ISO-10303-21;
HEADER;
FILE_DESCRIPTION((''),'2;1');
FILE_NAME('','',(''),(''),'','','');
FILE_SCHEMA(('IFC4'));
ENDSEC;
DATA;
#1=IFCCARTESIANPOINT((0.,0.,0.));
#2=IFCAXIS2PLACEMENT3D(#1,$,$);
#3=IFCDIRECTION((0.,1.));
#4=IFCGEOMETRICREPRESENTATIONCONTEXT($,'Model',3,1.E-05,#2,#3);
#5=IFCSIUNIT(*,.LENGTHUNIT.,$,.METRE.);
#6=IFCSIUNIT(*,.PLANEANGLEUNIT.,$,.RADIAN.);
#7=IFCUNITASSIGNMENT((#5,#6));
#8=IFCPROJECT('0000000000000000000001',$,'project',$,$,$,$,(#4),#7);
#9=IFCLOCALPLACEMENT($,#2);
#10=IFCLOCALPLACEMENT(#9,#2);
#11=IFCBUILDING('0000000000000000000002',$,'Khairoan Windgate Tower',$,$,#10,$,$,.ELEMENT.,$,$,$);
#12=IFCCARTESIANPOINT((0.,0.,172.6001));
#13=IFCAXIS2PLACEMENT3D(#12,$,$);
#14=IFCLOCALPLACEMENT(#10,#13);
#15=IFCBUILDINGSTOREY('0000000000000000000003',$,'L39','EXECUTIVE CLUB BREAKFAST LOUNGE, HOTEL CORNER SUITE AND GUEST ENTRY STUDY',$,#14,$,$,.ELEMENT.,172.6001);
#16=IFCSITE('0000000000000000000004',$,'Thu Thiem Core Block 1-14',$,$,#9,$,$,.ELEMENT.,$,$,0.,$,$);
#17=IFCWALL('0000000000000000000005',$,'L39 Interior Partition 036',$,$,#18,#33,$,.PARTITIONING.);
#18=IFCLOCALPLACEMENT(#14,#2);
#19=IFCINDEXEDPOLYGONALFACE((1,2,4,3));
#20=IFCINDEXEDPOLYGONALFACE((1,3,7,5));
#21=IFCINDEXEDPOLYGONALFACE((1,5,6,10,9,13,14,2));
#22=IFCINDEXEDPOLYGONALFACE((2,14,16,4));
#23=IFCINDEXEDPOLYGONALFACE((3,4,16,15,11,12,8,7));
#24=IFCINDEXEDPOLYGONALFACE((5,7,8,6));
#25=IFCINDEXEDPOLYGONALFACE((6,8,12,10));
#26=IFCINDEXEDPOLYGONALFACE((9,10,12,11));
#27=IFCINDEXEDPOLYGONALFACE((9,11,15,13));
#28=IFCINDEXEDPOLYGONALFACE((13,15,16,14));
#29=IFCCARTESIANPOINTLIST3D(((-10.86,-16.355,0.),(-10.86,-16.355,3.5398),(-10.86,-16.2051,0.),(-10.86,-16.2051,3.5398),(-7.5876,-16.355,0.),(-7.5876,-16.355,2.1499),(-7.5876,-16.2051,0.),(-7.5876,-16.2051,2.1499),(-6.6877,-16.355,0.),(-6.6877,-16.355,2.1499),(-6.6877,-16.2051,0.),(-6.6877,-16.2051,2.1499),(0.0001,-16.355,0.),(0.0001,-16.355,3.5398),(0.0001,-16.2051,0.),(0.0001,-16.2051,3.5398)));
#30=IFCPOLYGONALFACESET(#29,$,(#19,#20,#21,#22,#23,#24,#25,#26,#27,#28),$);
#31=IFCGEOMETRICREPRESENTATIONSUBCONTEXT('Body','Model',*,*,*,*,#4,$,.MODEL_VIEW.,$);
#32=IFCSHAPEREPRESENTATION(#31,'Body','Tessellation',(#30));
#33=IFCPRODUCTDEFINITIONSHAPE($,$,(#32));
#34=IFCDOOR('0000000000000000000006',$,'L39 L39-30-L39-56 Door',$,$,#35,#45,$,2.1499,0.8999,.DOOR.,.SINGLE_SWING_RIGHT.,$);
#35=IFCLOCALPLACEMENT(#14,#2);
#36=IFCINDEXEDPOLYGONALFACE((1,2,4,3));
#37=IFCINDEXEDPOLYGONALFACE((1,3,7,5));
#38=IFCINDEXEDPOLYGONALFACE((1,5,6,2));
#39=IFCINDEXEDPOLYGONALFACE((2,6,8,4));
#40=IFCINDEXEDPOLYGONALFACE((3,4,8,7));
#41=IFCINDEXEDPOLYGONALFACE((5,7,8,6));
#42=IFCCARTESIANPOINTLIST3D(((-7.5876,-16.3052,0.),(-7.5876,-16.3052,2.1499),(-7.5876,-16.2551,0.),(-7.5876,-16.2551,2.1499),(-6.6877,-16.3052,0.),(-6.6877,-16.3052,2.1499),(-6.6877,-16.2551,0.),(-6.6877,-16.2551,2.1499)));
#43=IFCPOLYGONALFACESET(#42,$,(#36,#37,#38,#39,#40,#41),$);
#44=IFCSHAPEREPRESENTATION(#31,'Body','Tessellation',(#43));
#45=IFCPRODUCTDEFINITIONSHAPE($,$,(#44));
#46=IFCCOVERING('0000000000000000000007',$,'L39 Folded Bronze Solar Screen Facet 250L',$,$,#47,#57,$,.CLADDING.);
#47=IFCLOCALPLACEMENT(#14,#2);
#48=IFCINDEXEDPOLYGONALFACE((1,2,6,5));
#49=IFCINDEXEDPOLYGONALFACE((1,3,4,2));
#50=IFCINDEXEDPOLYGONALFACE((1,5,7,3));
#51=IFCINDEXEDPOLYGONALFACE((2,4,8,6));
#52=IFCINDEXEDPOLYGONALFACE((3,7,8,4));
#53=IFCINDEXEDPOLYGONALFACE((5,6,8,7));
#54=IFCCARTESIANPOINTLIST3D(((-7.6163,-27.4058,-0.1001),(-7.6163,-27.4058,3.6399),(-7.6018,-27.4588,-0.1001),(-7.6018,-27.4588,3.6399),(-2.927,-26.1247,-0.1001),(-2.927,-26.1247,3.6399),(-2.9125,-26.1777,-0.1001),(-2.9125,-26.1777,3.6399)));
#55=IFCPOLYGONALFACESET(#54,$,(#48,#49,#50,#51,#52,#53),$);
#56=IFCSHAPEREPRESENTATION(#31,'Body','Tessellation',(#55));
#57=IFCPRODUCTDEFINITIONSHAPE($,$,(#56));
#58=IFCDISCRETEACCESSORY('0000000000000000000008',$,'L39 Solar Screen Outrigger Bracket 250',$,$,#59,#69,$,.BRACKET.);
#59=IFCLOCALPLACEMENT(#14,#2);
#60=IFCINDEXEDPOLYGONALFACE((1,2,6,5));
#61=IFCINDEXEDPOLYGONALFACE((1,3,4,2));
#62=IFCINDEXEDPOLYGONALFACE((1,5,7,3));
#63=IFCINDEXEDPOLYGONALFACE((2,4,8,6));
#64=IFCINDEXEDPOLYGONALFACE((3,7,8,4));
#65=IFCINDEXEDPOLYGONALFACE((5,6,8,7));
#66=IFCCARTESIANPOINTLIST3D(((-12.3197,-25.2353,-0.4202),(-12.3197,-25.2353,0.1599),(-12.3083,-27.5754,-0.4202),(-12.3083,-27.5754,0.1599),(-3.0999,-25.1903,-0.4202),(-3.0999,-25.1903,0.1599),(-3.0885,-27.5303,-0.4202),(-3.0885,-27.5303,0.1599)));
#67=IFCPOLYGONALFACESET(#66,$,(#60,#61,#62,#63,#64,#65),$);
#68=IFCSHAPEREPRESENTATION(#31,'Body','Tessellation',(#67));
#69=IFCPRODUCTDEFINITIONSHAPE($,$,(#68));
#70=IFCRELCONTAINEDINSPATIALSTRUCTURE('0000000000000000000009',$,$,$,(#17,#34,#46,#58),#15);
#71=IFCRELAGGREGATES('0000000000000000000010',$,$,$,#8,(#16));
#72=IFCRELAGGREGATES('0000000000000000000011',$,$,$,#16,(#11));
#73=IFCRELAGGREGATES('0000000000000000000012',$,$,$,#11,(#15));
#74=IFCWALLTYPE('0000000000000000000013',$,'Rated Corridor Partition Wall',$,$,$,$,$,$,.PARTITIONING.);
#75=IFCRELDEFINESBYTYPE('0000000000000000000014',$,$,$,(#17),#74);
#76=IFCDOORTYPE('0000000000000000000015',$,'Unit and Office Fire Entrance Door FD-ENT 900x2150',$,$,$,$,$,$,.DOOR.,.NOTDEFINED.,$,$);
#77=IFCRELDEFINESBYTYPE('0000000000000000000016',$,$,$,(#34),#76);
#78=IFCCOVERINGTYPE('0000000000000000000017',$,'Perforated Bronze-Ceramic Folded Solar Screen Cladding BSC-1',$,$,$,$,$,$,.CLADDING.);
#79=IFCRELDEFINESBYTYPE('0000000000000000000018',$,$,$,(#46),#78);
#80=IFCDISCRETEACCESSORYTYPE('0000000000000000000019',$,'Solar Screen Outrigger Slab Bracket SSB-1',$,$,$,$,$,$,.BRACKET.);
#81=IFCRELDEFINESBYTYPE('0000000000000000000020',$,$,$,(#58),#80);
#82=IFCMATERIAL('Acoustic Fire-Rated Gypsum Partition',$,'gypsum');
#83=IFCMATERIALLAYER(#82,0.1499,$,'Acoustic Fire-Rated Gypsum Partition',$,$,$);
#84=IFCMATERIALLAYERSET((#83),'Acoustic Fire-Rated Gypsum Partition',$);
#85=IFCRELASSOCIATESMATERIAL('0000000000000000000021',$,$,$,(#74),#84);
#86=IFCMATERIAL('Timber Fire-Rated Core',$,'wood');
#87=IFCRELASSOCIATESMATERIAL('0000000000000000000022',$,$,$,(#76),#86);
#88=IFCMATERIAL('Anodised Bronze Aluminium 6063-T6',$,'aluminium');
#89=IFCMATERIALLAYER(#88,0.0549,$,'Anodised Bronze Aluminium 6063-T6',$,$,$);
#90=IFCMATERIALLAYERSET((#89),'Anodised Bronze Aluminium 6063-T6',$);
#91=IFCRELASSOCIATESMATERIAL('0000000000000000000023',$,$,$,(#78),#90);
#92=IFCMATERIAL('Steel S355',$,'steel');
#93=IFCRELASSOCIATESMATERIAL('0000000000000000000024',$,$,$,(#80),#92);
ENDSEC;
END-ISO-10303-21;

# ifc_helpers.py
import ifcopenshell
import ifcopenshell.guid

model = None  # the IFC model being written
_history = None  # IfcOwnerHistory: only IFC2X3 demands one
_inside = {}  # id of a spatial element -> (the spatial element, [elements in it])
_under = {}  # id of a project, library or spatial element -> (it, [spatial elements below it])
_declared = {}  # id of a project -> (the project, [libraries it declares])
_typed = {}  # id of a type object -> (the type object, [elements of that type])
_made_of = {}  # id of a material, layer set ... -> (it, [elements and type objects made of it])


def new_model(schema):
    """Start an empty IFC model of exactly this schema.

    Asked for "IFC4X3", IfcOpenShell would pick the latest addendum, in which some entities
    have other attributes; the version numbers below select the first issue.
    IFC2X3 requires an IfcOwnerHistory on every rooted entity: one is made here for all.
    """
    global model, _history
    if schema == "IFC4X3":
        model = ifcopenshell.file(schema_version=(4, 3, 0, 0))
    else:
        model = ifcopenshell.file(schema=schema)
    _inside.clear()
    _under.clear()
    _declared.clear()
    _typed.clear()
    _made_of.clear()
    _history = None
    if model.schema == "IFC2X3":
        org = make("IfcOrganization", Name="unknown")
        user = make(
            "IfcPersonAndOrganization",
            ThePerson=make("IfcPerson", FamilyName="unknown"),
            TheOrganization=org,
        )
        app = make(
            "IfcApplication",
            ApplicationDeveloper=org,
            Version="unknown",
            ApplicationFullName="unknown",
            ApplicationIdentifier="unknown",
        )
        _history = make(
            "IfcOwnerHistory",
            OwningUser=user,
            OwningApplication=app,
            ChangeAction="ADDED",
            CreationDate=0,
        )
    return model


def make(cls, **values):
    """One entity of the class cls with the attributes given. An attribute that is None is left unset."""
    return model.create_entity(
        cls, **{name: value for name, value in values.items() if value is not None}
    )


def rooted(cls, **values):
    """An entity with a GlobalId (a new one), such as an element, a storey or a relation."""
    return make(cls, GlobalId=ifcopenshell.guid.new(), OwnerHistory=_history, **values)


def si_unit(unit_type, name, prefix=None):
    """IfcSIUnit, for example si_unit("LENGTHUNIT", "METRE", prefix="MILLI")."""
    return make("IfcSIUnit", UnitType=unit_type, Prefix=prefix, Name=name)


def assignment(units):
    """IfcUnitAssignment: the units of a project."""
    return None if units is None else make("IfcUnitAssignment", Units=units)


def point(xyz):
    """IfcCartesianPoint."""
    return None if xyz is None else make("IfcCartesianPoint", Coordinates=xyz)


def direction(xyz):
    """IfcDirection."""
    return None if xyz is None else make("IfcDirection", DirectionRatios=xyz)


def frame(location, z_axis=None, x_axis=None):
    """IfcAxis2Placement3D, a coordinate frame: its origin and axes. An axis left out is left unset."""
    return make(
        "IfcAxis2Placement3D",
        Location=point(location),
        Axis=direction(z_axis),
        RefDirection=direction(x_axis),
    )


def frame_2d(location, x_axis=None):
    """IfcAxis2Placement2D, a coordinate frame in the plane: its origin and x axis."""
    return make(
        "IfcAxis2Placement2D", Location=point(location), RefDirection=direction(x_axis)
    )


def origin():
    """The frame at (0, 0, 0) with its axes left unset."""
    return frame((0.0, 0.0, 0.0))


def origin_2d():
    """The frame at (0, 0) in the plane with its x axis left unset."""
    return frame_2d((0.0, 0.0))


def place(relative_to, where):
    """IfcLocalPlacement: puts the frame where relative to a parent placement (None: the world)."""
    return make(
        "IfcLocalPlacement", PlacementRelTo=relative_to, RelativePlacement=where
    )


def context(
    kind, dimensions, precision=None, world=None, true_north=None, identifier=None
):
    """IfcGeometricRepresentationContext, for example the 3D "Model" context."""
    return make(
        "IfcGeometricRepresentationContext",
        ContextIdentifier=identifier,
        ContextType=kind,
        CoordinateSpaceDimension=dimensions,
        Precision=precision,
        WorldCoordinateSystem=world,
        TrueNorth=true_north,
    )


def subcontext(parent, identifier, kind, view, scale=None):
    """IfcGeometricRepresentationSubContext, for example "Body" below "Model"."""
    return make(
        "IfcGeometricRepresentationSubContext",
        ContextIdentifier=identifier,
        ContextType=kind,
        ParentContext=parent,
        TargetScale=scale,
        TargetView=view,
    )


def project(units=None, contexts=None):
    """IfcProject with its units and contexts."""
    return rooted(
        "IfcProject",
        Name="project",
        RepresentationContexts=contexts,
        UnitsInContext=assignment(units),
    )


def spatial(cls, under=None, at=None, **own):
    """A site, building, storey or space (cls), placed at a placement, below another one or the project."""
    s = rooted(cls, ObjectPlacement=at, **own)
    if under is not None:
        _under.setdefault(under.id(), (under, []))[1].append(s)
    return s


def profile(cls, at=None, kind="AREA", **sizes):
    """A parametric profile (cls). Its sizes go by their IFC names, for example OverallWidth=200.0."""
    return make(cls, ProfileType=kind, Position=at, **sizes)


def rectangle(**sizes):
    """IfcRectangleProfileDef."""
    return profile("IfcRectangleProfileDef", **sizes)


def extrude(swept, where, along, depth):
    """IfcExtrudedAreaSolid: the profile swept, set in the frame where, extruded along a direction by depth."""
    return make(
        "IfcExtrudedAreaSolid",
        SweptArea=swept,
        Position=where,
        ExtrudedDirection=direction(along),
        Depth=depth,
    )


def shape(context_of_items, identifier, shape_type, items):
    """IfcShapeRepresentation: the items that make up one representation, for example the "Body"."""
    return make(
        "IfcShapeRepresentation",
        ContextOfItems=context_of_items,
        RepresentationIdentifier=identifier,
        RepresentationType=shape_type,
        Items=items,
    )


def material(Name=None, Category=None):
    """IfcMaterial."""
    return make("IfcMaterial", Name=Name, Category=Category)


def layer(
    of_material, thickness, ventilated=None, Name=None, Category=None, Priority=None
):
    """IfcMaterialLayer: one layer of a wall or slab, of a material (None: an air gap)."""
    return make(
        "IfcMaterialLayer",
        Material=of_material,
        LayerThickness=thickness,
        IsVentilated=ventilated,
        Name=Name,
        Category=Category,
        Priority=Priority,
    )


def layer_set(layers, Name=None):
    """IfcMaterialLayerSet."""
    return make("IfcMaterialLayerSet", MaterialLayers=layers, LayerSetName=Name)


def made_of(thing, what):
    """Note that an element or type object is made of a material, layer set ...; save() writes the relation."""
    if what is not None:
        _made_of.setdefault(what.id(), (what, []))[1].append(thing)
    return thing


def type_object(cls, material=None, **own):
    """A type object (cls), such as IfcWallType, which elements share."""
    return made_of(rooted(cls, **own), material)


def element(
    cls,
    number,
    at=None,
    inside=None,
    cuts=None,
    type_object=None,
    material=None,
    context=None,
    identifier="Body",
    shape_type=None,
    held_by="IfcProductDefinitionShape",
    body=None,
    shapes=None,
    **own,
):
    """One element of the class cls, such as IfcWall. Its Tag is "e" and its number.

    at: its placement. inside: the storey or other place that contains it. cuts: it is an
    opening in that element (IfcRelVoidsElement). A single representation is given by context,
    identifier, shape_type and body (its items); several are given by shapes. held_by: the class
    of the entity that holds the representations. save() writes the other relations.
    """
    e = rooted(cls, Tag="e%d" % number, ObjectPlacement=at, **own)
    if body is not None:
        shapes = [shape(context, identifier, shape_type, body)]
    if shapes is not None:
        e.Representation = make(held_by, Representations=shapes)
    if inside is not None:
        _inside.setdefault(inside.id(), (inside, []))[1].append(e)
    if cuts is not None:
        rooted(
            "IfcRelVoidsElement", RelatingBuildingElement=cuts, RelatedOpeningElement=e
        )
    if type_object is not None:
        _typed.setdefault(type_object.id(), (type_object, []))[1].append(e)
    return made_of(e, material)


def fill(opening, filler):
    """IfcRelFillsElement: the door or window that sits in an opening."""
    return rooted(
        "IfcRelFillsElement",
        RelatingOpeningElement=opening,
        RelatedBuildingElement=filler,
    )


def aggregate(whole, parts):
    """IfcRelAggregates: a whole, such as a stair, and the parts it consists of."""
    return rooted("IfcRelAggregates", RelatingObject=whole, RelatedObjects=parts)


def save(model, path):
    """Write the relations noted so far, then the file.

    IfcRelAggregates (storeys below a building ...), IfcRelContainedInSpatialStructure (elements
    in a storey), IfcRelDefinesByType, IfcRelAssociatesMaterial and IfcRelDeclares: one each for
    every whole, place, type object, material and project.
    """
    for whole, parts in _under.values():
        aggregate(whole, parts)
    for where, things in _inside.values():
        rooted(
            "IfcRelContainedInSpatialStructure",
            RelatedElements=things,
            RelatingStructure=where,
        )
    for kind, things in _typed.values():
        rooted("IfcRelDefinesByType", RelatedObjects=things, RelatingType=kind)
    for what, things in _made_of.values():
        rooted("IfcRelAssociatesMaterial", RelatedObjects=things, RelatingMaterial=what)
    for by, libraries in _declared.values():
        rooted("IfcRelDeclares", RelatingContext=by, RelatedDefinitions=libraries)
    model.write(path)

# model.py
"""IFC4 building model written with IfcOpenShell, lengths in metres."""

from ifc_helpers import new_model, si_unit, direction, frame, frame_2d, origin, origin_2d, place, context, subcontext, project, spatial, rectangle, extrude, material, layer, layer_set, type_object, element, fill, save


model = new_model("IFC4")

# Units and contexts
model_context = context("Model", 3, precision=1e-05, world=origin(), true_north=direction((0.0, 1.0)))
body_context = subcontext(model_context, "Body", "Model", "MODEL_VIEW")
ifc_project = project(units=[si_unit("LENGTHUNIT", "METRE"), si_unit("PLANEANGLEUNIT", "RADIAN")], contexts=[model_context])

# Site, building, storey
site_placement = place(None, origin())
site = spatial("IfcSite", under=ifc_project, at=site_placement, Name="Thu Thiem Core Block 1-14", CompositionType="ELEMENT", RefElevation=0.0)
building_placement = place(site_placement, origin())
building = spatial("IfcBuilding", under=site, at=building_placement, Name="Khairoan Windgate Tower", CompositionType="ELEMENT")
storey_placement = place(building_placement, frame((0.0, 0.0, 172.6001)))
storey = spatial("IfcBuildingStorey", under=building, at=storey_placement, Name="L39", Description="EXECUTIVE CLUB BREAKFAST LOUNGE, HOTEL CORNER SUITE AND GUEST ENTRY STUDY", CompositionType="ELEMENT", Elevation=172.6001)

# Shared definitions
ifc_material_1 = material(Name="Acoustic Fire-Rated Gypsum Partition", Category="gypsum")
ifc_layer_1 = layer(ifc_material_1, 0.1499, Name="Acoustic Fire-Rated Gypsum Partition")
ifc_layer_set_1 = layer_set([ifc_layer_1], Name="Acoustic Fire-Rated Gypsum Partition")
wall_type_1 = type_object("IfcWallType", Name="Rated Corridor Partition Wall", PredefinedType="PARTITIONING", material=ifc_layer_set_1)
ifc_material_2 = material(Name="Timber Fire-Rated Core", Category="wood")
door_type_1 = type_object("IfcDoorType", Name="Unit and Office Fire Entrance Door FD-ENT 900x2150", OperationType="NOTDEFINED", PredefinedType="DOOR", material=ifc_material_2)

# Wall, opening, door
wall_1_placement = place(storey_placement, frame((-10.8601, -16.28, 0.0), z_axis=(0.0, 0.0, 1.0), x_axis=(1.0, 0.0, 0.0)))
wall_1 = element("IfcWall", 1, at=wall_1_placement, inside=storey, type_object=wall_type_1, Name="L39 Interior Partition 036", PredefinedType="PARTITIONING", context=body_context, shape_type="SweptSolid", body=[
    extrude(rectangle(XDim=10.8601, YDim=0.1499, at=frame_2d((5.4302, 0.0))), origin(), (0.0, 0.0, 1.0), 3.5398),
])
opening_1_placement = place(wall_1_placement, frame((3.2725, 0.0, 0.0)))
opening_1 = element("IfcOpeningElement", 2, at=opening_1_placement, cuts=wall_1, PredefinedType="OPENING", context=body_context, shape_type="SweptSolid", body=[
    extrude(rectangle(XDim=0.8999, YDim=2.1499, at=frame_2d((0.45, 1.075))), frame((0.0, 0.085, 0.0), z_axis=(0.0, -1.0, 0.0), x_axis=(1.0, 0.0, 0.0)), (0.0, 0.0, 1.0), 0.1699),
])
door_1_placement = place(opening_1_placement, origin())
door_1 = element("IfcDoor", 3, at=door_1_placement, inside=storey, type_object=door_type_1, Name="L39 L39-30-L39-56 Door", OperationType="SINGLE_SWING_RIGHT", OverallHeight=2.1499, OverallWidth=0.8999, PredefinedType="DOOR", context=body_context, shape_type="SweptSolid", body=[
    extrude(rectangle(XDim=0.8999, YDim=2.1499, at=frame_2d((0.45, 1.075))), frame((0.0, 0.0249, 0.0), z_axis=(0.0, -1.0, 0.0), x_axis=(1.0, 0.0, 0.0)), (0.0, 0.0, 1.0), 0.05),
])
fill(opening_1, door_1)

# Covering
ifc_material_3 = material(Name="Anodised Bronze Aluminium 6063-T6", Category="aluminium")
ifc_layer_2 = layer(ifc_material_3, 0.0549, Name="Anodised Bronze Aluminium 6063-T6")
ifc_layer_set_2 = layer_set([ifc_layer_2], Name="Anodised Bronze Aluminium 6063-T6")
covering_type = type_object("IfcCoveringType", Name="Perforated Bronze-Ceramic Folded Solar Screen Cladding BSC-1", PredefinedType="CLADDING", material=ifc_layer_set_2)
covering_placement = place(storey_placement, frame((-5.2644, -26.7917, -0.1001), z_axis=(0.0, 0.0, 1.0), x_axis=(-0.964649, -0.263536, 0.0)))
element("IfcCovering", 4, at=covering_placement, inside=storey, type_object=covering_type, Name="L39 Folded Bronze Solar Screen Facet 250L", PredefinedType="CLADDING", context=body_context, shape_type="SweptSolid", body=[
    extrude(rectangle(XDim=4.8611, YDim=0.0549, at=origin_2d()), origin(), (0.0, 0.0, 1.0), 3.74),
])

# Discrete accessory
ifc_material_4 = material(Name="Steel S355", Category="steel")
discrete_accessory_type = type_object("IfcDiscreteAccessoryType", Name="Solar Screen Outrigger Slab Bracket SSB-1", PredefinedType="BRACKET", material=ifc_material_4)
discrete_accessory_placement = place(storey_placement, frame((-7.7041, -26.3828, -0.4202), z_axis=(0.0, 0.0, 1.0), x_axis=(-0.999988, -0.004887, 0.0)))
element("IfcDiscreteAccessory", 5, at=discrete_accessory_placement, inside=storey, type_object=discrete_accessory_type, Name="L39 Solar Screen Outrigger Bracket 250", PredefinedType="BRACKET", context=body_context, shape_type="SweptSolid", body=[
    extrude(rectangle(XDim=9.22, YDim=2.3401, at=origin_2d()), origin(), (0.0, 0.0, 1.0), 0.5801),
])

save(model, "model.ifc")
